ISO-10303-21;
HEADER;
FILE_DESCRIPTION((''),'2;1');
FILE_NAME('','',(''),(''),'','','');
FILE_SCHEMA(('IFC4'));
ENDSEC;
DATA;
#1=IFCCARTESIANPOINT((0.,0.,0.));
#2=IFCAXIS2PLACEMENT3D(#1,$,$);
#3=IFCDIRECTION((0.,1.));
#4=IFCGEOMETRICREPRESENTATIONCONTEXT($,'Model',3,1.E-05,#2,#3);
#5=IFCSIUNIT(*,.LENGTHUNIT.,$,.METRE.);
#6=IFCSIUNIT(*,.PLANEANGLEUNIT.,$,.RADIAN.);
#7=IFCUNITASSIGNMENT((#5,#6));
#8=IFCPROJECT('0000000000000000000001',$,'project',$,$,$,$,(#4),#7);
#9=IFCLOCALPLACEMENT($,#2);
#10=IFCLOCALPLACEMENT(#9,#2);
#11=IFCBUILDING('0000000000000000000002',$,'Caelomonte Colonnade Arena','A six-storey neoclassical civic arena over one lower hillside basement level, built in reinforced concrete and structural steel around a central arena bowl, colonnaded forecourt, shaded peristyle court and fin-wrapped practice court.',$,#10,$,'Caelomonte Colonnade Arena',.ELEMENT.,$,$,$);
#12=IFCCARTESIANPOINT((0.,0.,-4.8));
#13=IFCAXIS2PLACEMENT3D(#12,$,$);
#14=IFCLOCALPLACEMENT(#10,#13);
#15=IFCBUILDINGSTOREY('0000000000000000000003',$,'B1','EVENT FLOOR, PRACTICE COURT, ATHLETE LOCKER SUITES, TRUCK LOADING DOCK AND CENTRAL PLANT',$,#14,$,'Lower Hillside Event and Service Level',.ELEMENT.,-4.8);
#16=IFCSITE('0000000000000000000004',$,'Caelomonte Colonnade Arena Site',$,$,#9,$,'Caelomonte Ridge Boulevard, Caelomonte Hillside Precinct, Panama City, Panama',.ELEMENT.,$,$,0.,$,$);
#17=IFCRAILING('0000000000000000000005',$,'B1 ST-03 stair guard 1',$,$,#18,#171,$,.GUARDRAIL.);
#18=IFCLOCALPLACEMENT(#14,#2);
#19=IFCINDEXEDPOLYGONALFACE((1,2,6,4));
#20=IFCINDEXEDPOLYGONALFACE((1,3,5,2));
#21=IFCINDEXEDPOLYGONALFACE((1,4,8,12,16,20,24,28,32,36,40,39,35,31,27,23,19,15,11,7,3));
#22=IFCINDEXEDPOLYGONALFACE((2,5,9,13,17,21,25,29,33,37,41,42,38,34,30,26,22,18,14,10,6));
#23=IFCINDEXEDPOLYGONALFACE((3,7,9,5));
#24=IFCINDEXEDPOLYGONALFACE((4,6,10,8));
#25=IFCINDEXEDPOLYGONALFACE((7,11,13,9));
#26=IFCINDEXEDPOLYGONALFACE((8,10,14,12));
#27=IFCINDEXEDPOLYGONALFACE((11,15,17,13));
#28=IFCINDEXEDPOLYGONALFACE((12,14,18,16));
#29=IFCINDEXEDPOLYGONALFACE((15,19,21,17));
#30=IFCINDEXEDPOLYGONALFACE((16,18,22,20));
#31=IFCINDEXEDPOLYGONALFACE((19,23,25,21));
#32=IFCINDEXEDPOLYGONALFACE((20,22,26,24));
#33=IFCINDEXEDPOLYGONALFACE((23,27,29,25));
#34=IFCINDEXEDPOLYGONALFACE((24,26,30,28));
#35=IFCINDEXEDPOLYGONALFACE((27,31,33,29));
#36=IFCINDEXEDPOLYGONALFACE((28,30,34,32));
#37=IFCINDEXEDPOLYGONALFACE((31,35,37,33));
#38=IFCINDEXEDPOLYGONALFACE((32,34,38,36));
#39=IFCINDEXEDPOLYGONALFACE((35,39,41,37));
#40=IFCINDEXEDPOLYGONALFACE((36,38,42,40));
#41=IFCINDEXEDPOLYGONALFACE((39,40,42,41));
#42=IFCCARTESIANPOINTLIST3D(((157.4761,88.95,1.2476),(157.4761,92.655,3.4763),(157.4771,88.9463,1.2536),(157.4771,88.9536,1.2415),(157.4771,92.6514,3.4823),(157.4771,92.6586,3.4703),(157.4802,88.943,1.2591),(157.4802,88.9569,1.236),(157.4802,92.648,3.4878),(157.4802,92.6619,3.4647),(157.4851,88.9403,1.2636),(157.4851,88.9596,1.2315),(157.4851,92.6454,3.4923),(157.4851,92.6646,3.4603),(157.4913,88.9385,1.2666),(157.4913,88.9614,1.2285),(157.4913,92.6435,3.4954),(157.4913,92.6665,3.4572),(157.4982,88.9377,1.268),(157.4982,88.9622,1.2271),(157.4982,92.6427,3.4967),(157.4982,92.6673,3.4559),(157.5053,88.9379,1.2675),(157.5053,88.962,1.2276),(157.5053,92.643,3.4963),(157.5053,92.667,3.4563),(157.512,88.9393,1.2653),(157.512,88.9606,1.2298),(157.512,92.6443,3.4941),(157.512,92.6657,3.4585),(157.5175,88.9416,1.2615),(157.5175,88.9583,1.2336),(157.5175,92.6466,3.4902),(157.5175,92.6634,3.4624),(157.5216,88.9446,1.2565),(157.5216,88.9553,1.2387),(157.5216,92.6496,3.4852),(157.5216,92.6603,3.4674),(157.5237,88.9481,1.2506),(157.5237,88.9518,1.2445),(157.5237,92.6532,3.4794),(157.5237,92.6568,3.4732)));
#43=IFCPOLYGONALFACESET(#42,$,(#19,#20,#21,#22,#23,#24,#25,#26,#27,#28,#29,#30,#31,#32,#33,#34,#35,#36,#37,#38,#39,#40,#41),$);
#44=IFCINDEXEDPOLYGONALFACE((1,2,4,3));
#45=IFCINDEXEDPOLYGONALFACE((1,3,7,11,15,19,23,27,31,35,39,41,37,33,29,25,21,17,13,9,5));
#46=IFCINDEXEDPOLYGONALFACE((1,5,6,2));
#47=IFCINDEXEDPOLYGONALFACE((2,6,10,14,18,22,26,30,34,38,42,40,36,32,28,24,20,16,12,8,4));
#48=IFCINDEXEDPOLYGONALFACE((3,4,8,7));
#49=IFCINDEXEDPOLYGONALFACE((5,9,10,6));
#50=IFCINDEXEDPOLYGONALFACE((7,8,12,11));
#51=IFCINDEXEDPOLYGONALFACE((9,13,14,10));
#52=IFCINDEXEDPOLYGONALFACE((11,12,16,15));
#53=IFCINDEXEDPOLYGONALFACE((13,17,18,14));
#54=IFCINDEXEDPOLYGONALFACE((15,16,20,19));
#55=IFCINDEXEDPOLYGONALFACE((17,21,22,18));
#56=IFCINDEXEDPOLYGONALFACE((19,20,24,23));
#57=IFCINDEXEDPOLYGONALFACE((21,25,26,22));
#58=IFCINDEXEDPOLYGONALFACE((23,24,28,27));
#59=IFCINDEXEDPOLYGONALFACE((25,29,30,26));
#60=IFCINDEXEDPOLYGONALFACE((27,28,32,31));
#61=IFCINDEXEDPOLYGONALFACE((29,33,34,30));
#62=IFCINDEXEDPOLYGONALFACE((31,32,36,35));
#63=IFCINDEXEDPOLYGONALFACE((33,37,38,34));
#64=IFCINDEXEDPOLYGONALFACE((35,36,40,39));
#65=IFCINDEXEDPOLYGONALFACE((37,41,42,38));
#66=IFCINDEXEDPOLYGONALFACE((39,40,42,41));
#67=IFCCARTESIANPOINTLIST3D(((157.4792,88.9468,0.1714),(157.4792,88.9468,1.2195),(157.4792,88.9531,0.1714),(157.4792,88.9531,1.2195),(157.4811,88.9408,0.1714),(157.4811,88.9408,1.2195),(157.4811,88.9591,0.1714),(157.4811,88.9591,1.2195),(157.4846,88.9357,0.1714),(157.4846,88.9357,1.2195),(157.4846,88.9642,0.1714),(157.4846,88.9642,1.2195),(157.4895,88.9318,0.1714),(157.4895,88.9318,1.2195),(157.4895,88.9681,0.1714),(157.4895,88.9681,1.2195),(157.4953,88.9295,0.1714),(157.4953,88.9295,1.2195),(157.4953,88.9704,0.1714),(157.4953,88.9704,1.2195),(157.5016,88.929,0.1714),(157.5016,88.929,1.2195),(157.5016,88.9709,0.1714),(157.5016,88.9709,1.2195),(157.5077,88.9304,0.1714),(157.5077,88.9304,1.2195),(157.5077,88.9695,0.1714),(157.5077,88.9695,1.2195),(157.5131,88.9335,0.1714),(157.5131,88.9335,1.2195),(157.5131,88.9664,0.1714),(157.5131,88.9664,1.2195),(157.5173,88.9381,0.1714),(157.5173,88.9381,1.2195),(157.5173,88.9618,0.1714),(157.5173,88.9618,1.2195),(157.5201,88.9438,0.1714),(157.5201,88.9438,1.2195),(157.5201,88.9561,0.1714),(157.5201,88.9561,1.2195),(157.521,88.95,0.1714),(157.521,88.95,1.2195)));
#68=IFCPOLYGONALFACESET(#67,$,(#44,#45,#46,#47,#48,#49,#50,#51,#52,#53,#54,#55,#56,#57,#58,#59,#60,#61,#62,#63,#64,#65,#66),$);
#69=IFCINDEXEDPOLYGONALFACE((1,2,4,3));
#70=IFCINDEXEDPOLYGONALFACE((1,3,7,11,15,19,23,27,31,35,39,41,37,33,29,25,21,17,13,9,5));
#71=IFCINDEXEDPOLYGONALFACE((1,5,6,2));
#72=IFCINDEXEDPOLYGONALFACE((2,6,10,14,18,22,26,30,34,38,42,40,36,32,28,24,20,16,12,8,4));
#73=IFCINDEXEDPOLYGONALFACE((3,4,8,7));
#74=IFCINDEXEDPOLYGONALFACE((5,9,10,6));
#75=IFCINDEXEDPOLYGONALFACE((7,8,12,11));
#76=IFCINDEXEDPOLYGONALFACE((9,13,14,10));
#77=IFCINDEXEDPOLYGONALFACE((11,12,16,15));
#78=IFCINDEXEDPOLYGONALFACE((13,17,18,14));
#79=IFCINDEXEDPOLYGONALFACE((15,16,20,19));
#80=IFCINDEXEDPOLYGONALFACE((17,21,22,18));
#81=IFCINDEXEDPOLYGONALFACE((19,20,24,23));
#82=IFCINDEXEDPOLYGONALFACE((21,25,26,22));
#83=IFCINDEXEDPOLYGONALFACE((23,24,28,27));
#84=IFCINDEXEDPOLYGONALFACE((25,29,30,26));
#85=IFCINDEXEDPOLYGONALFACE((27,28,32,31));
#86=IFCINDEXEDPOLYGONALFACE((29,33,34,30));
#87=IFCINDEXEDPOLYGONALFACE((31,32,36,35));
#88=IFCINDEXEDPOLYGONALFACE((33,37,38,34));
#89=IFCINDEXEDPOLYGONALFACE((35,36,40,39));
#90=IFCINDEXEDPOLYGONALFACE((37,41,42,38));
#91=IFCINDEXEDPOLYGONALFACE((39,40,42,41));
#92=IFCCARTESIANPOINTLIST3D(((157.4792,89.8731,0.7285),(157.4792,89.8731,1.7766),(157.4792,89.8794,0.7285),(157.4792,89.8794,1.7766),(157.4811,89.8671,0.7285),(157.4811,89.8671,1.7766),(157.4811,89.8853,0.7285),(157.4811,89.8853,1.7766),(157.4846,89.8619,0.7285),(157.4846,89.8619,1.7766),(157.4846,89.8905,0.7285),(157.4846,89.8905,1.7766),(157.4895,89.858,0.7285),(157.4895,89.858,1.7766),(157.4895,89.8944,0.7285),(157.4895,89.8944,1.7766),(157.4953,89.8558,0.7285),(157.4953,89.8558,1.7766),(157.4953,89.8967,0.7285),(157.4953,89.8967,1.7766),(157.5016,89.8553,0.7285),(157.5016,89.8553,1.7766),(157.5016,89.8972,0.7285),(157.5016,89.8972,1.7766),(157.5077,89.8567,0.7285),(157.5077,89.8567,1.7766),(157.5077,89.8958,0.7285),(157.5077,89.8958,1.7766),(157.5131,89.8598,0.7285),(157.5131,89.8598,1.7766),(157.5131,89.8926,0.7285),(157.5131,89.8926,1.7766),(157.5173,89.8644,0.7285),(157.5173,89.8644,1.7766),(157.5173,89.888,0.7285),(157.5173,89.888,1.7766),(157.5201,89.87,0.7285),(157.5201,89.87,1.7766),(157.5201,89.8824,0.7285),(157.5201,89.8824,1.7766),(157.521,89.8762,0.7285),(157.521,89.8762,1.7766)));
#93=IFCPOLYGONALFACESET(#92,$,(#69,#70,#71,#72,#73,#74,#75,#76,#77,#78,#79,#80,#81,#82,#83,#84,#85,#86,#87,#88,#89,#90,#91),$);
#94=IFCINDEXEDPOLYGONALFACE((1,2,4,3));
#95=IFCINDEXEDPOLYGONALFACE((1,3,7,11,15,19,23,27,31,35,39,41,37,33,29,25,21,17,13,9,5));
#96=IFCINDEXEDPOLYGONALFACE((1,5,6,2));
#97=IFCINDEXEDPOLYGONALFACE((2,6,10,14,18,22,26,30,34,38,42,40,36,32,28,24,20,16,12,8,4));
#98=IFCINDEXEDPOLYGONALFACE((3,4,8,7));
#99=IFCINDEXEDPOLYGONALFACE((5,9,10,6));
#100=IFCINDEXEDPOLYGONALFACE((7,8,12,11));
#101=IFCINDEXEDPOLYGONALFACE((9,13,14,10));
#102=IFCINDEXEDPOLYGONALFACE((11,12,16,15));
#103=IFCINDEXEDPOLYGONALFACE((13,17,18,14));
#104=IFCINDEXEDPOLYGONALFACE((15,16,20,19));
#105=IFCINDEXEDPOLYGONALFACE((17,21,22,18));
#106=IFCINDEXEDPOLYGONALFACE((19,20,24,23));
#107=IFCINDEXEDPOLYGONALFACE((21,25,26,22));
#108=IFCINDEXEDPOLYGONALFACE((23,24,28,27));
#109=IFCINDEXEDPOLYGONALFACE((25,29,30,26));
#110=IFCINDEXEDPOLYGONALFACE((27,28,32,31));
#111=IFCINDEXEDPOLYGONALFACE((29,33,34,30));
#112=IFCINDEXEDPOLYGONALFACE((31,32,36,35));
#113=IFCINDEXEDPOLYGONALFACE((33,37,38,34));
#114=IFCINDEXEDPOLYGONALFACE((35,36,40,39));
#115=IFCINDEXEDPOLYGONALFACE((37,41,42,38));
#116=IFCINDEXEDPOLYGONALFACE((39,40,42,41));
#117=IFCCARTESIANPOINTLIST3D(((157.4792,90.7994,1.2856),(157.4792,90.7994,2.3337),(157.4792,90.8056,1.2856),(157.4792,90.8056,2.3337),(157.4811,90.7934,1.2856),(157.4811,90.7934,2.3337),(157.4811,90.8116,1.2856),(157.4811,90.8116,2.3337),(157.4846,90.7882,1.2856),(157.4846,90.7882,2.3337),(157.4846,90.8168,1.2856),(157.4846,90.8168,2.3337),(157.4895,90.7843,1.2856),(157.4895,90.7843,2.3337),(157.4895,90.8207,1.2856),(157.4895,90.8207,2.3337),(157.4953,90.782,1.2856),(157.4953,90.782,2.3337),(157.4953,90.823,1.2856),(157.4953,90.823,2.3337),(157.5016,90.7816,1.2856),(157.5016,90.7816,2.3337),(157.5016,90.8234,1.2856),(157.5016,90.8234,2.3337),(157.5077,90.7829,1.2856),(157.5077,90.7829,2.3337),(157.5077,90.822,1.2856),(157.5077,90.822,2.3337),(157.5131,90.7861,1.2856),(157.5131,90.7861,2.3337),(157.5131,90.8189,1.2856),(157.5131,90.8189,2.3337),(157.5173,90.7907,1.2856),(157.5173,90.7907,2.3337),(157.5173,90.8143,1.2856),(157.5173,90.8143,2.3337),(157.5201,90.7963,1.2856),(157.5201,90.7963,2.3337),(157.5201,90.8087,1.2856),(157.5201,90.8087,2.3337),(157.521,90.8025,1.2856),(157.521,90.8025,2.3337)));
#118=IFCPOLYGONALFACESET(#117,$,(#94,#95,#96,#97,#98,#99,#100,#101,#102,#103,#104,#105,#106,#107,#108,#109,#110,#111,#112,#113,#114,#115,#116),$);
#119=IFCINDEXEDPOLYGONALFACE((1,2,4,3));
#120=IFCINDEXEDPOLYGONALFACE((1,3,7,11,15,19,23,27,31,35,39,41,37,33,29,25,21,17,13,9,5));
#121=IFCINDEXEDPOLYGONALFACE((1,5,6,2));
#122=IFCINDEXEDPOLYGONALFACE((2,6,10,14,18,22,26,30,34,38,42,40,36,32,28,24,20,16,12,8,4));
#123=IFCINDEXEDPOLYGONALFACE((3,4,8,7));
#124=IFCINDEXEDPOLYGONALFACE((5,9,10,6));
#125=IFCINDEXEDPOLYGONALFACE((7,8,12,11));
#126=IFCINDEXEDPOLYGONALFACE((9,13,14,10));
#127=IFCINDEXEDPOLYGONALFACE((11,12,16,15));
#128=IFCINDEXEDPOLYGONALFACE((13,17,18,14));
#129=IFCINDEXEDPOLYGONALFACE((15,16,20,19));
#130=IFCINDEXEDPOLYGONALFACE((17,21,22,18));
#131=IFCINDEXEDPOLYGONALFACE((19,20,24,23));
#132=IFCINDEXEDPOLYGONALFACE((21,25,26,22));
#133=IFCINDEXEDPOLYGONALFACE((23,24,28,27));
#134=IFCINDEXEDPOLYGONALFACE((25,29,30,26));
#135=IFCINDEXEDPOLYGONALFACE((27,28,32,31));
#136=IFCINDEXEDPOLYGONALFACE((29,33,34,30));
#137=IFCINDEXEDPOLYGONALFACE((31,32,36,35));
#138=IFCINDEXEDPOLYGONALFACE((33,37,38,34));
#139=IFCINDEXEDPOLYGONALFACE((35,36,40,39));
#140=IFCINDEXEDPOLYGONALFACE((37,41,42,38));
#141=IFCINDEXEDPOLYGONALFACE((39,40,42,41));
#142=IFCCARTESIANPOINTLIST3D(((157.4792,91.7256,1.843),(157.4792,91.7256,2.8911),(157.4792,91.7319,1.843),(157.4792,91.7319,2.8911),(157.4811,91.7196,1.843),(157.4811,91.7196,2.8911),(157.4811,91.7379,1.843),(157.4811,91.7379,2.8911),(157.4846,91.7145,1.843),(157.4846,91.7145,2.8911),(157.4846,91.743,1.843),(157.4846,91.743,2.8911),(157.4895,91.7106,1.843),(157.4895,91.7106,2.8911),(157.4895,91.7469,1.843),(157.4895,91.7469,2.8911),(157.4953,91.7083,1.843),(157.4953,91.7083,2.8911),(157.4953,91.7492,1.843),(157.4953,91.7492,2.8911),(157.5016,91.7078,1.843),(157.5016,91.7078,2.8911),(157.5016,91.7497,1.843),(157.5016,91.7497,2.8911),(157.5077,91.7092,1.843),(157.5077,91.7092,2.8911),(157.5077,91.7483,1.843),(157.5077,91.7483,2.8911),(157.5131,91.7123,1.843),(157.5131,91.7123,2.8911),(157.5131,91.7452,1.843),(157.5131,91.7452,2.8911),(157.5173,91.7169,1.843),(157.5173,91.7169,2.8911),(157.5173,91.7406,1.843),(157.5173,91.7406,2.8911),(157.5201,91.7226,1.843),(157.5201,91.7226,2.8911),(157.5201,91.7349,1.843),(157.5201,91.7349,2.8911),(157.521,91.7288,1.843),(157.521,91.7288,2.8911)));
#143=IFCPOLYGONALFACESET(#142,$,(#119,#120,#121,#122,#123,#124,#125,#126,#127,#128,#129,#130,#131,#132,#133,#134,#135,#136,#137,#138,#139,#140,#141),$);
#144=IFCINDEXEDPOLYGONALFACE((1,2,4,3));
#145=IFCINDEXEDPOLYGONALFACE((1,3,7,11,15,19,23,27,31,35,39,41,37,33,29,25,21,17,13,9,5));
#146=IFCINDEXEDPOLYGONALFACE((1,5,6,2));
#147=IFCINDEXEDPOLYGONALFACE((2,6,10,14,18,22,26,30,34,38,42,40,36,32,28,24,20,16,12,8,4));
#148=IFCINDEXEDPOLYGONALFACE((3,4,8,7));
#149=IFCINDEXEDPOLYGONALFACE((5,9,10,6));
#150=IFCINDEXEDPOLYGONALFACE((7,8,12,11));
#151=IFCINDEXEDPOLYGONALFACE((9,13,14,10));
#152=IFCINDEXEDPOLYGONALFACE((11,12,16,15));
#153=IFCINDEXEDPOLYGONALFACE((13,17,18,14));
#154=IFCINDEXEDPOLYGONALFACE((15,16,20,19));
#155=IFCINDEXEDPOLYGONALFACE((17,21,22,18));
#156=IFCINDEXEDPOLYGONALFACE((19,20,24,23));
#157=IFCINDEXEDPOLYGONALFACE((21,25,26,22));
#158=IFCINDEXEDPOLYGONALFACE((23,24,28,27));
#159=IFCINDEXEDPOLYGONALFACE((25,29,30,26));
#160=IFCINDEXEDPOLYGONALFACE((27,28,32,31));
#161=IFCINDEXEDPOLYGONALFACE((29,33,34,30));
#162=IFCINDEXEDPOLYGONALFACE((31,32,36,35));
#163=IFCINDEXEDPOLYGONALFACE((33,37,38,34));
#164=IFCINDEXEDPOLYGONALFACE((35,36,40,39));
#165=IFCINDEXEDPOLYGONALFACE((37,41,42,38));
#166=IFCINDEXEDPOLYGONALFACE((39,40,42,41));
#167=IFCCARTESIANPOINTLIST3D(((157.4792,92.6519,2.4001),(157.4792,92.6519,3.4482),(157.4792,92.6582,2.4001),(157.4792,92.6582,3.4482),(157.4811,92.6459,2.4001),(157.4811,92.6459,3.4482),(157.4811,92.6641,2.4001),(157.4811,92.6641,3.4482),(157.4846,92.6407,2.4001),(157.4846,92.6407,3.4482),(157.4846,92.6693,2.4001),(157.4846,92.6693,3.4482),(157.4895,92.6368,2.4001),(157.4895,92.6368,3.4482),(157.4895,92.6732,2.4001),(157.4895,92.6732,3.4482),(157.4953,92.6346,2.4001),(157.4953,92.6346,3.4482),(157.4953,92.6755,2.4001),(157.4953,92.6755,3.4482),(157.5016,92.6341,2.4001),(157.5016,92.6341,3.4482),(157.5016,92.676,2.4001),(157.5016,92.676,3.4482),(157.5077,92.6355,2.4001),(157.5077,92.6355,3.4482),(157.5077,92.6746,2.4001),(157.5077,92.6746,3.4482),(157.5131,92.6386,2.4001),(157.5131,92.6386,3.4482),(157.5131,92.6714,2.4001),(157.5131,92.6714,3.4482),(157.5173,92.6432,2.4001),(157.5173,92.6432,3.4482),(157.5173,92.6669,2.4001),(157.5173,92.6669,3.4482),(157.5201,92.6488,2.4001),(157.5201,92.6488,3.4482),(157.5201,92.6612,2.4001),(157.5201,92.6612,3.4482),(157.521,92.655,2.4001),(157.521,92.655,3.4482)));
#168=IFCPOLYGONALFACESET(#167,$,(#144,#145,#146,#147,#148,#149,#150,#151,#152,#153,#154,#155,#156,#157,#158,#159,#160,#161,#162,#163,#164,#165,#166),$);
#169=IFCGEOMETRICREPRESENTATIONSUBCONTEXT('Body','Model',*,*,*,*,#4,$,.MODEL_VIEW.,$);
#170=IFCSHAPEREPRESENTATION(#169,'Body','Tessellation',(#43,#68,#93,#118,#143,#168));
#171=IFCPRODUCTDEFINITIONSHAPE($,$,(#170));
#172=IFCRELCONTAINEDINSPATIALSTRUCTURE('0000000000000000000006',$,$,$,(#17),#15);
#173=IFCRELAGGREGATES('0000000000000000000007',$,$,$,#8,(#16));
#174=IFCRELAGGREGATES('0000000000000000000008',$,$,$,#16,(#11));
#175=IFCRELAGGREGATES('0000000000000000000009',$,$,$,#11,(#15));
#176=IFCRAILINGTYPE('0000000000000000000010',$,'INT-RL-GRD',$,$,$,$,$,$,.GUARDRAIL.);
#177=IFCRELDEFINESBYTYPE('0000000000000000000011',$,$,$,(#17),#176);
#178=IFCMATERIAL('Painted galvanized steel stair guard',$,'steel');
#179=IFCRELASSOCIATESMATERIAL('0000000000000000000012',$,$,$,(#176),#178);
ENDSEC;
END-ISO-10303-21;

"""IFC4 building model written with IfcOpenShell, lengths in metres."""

from ifc_helpers import new_model, si_unit, direction, frame, origin, origin_2d, place, context, subcontext, project, spatial, circle, extrude, material, type_object, element, save


model = new_model("IFC4")

# Units and contexts
model_context = context("Model", 3, precision=1e-05, world=origin(), true_north=direction((0.0, 1.0)))
body_context = subcontext(model_context, "Body", "Model", "MODEL_VIEW")
ifc_project = project(units=[si_unit("LENGTHUNIT", "METRE"), si_unit("PLANEANGLEUNIT", "RADIAN")], contexts=[model_context])

# Site, building, storey
site_placement = place(None, origin())
site = spatial("IfcSite", under=ifc_project, at=site_placement, Name="Caelomonte Colonnade Arena Site", LongName="Caelomonte Ridge Boulevard, Caelomonte Hillside Precinct, Panama City, Panama", CompositionType="ELEMENT", RefElevation=0.0)
building_placement = place(site_placement, origin())
building = spatial("IfcBuilding", under=site, at=building_placement, Name="Caelomonte Colonnade Arena", Description="A six-storey neoclassical civic arena over one lower hillside basement level, built in reinforced concrete and structural steel around a central arena bowl, colonnaded forecourt, shaded peristyle court and fin-wrapped practice court.", LongName="Caelomonte Colonnade Arena", CompositionType="ELEMENT")
storey_placement = place(building_placement, frame((0.0, 0.0, -4.8)))
storey = spatial("IfcBuildingStorey", under=building, at=storey_placement, Name="B1", Description="EVENT FLOOR, PRACTICE COURT, ATHLETE LOCKER SUITES, TRUCK LOADING DOCK AND CENTRAL PLANT", LongName="Lower Hillside Event and Service Level", CompositionType="ELEMENT", Elevation=-4.8)

# Railing
ifc_material_1 = material(Name="Painted galvanized steel stair guard", Category="steel")
railing_type_1 = type_object("IfcRailingType", Name="INT-RL-GRD", PredefinedType="GUARDRAIL", material=ifc_material_1)
railing_1_placement = place(storey_placement, frame((157.5, 88.95, 0.1714)))
element("IfcRailing", 1, at=railing_1_placement, inside=storey, type_object=railing_type_1, Name="B1 ST-03 stair guard 1", PredefinedType="GUARDRAIL", context=body_context, shape_type="SweptSolid", body=[
    extrude(circle(Radius=0.0239, at=origin_2d()), frame((0.0, 0.0, 1.0762), z_axis=(0.0, 0.856909, 0.515467), x_axis=(-1.0, 0.0, 0.0)), (0.0, 0.0, 1.0), 4.3237),
    extrude(circle(Radius=0.021, at=origin_2d()), origin(), (0.0, 0.0, 1.0), 1.0481),
    extrude(circle(Radius=0.021, at=origin_2d()), frame((0.0, 0.9263, 0.5571)), (0.0, 0.0, 1.0), 1.0481),
    extrude(circle(Radius=0.021, at=origin_2d()), frame((0.0, 1.8525, 1.1143)), (0.0, 0.0, 1.0), 1.0481),
    extrude(circle(Radius=0.021, at=origin_2d()), frame((0.0, 2.7788, 1.6716)), (0.0, 0.0, 1.0), 1.0481),
    extrude(circle(Radius=0.021, at=origin_2d()), frame((0.0, 3.7051, 2.2288)), (0.0, 0.0, 1.0), 1.0481),
])

save(model, "model.ifc")
